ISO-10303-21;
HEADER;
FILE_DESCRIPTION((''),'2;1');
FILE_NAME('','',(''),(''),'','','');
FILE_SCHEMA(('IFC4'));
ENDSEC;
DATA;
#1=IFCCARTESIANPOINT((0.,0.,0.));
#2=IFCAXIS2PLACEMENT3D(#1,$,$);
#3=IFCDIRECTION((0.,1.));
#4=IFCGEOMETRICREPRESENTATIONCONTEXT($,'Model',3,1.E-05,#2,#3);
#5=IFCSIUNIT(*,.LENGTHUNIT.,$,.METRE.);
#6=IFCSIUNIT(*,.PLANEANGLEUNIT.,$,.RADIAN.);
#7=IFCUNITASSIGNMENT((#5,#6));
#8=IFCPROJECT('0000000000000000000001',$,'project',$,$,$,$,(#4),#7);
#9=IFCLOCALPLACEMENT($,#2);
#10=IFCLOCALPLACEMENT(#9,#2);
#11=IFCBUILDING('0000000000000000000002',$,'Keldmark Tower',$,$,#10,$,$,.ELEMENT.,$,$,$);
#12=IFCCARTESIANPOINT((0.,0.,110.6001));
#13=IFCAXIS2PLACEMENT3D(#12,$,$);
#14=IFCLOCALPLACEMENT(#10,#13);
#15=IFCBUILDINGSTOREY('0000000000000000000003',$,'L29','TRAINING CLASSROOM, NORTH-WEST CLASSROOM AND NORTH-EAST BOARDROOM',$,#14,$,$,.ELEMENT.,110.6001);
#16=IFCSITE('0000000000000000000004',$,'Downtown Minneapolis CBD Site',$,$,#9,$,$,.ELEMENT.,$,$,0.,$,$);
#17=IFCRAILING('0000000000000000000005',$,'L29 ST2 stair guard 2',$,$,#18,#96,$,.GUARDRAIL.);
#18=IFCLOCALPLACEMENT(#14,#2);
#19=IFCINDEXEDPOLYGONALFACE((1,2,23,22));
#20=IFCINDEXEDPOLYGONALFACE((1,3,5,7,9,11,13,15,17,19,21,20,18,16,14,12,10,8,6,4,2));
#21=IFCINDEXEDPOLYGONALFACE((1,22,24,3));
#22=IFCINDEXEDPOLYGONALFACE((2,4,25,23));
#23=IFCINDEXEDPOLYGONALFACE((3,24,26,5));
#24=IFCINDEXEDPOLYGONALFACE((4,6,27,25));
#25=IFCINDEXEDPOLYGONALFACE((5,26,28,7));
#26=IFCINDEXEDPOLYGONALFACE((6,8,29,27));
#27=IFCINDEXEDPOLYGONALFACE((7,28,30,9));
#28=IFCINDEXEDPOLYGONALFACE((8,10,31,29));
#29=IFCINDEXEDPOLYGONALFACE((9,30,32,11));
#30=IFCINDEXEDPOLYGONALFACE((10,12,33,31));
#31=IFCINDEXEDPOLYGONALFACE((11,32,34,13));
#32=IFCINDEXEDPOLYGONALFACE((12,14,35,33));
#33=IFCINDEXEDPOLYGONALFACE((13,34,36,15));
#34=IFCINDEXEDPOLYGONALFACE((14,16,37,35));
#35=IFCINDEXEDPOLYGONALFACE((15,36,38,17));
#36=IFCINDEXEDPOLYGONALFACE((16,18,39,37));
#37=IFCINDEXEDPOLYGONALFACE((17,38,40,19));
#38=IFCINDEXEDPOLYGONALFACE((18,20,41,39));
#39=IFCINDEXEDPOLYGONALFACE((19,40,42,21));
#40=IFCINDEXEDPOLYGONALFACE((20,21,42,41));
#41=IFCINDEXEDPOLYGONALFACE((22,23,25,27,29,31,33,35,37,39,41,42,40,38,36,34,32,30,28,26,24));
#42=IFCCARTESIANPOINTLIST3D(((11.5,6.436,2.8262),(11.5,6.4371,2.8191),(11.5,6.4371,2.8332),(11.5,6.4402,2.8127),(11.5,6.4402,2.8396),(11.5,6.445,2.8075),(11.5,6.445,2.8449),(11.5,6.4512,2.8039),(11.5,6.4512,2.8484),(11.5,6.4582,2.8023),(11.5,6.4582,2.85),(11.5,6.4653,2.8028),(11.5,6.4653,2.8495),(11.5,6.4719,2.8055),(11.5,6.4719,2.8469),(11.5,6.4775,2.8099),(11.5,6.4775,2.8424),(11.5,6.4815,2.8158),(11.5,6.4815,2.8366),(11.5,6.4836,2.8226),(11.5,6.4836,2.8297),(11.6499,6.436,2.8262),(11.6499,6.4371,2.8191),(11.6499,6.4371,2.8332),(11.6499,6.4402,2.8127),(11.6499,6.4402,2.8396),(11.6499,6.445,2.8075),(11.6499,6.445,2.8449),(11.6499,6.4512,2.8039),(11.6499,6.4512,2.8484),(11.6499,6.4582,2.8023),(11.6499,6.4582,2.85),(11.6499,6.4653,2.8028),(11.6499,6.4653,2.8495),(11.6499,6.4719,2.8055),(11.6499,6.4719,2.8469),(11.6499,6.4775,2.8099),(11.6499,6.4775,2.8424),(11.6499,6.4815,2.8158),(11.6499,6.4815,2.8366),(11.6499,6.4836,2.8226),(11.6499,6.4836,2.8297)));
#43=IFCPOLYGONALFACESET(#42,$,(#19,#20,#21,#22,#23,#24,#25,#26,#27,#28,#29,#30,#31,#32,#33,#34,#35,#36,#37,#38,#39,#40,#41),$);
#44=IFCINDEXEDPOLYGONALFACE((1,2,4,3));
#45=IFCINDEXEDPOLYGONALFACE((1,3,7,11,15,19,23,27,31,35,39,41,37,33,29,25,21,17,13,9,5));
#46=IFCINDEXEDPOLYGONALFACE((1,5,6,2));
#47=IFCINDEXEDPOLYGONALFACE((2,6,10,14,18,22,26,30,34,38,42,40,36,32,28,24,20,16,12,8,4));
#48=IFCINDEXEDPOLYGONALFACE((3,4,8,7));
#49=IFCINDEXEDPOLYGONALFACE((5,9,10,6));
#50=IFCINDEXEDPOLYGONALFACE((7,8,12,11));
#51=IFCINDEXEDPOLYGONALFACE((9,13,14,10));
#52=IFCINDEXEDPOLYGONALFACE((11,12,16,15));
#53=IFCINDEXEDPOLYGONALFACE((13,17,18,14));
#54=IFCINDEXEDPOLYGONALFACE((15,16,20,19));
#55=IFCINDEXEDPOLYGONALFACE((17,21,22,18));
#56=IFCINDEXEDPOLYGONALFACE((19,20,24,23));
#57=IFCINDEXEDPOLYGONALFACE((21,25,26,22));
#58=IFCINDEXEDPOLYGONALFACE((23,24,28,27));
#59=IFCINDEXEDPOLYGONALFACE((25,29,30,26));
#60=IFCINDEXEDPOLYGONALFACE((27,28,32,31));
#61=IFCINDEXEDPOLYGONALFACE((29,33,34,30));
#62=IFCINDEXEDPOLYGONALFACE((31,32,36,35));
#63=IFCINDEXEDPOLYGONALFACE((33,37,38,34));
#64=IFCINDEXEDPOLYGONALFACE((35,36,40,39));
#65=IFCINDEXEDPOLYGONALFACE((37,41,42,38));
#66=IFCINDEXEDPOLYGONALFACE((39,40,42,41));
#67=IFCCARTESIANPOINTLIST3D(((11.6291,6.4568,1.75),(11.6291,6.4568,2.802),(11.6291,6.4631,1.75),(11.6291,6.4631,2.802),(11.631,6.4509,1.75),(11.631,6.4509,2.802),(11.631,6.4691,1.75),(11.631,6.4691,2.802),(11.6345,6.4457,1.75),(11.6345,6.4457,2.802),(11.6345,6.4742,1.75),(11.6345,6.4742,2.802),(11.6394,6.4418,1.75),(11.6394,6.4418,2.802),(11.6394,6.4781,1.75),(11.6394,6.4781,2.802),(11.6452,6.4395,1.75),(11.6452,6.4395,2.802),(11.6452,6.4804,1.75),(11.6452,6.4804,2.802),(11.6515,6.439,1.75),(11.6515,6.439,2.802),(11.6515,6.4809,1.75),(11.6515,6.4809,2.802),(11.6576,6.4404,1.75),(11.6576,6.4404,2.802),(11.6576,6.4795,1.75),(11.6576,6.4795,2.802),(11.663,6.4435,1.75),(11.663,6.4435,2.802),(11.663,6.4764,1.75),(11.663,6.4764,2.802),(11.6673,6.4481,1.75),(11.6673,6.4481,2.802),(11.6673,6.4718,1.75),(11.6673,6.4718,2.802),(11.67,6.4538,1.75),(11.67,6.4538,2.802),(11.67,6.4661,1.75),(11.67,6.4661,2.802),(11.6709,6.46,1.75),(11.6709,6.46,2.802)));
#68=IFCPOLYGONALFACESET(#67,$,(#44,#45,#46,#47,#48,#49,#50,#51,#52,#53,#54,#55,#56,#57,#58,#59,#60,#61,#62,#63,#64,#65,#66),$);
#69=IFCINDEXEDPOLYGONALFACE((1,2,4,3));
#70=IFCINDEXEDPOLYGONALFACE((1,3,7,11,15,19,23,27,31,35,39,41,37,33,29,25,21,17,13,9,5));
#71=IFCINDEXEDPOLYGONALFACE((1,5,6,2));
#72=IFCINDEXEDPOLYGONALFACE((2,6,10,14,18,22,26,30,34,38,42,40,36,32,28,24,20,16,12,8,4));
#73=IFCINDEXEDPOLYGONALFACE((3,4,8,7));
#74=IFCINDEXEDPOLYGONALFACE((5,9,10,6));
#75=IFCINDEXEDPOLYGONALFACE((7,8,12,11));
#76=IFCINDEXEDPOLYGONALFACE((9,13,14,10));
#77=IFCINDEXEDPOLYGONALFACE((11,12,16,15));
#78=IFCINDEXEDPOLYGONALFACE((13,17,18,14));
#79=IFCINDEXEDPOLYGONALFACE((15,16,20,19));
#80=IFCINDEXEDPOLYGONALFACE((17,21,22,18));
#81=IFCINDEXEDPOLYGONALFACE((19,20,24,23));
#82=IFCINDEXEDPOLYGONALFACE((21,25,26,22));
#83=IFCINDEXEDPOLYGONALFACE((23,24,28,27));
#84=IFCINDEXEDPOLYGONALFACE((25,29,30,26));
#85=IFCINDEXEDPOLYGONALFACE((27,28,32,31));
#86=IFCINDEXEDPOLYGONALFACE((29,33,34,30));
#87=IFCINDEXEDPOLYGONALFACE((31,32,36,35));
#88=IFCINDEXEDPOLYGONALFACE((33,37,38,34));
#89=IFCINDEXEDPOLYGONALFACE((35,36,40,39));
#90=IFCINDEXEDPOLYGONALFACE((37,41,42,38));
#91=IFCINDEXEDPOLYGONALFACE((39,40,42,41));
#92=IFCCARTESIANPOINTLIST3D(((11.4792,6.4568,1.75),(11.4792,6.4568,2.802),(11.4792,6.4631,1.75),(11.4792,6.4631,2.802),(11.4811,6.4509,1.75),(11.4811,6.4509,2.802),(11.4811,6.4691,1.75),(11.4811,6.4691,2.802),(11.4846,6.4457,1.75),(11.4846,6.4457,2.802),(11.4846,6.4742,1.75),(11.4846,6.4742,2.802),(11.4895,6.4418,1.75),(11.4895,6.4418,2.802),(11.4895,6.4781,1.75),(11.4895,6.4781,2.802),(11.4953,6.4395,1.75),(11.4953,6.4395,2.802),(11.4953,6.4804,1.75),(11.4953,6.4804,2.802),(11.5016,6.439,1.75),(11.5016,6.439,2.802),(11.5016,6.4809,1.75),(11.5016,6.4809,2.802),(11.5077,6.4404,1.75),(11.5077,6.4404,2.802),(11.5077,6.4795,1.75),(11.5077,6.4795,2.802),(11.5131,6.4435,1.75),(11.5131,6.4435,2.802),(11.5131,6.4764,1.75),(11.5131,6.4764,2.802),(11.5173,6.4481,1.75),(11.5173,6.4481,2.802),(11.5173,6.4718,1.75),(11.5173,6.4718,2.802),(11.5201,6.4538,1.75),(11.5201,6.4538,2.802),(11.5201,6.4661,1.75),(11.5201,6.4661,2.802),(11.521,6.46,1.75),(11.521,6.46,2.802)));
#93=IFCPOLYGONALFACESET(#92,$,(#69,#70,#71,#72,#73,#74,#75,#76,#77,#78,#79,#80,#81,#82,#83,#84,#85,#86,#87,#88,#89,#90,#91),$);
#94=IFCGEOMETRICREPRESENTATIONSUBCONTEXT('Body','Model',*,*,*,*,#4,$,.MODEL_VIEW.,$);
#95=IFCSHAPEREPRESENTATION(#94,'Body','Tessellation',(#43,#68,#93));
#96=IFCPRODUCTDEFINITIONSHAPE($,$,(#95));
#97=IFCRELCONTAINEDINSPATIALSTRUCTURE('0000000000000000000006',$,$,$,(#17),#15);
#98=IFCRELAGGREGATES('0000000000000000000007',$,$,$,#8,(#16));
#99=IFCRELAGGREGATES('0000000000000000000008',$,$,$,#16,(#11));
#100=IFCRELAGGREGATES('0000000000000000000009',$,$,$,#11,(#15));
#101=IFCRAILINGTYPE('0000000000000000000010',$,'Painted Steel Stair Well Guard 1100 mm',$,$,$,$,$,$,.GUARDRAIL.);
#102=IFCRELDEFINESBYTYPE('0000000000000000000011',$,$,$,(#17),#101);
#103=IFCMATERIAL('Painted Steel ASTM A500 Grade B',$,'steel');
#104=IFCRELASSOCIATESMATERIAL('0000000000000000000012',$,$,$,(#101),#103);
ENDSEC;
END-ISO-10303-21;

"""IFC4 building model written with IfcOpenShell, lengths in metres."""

from ifc_helpers import new_model, si_unit, direction, frame, origin, origin_2d, place, context, subcontext, project, spatial, circle, extrude, material, type_object, element, save


model = new_model("IFC4")

# Units and contexts
model_context = context("Model", 3, precision=1e-05, world=origin(), true_north=direction((0.0, 1.0)))
body_context = subcontext(model_context, "Body", "Model", "MODEL_VIEW")
ifc_project = project(units=[si_unit("LENGTHUNIT", "METRE"), si_unit("PLANEANGLEUNIT", "RADIAN")], contexts=[model_context])

# Site, building, storey
site_placement = place(None, origin())
site = spatial("IfcSite", under=ifc_project, at=site_placement, Name="Downtown Minneapolis CBD Site", CompositionType="ELEMENT", RefElevation=0.0)
building_placement = place(site_placement, origin())
building = spatial("IfcBuilding", under=site, at=building_placement, Name="Keldmark Tower", CompositionType="ELEMENT")
storey_placement = place(building_placement, frame((0.0, 0.0, 110.6001)))
storey = spatial("IfcBuildingStorey", under=building, at=storey_placement, Name="L29", Description="TRAINING CLASSROOM, NORTH-WEST CLASSROOM AND NORTH-EAST BOARDROOM", CompositionType="ELEMENT", Elevation=110.6001)

# Railing
ifc_material_1 = material(Name="Painted Steel ASTM A500 Grade B", Category="steel")
railing_type_1 = type_object("IfcRailingType", Name="Painted Steel Stair Well Guard 1100 mm", PredefinedType="GUARDRAIL", material=ifc_material_1)
railing_1_placement = place(storey_placement, frame((11.6499, 6.46, 1.75)))
element("IfcRailing", 1, at=railing_1_placement, inside=storey, type_object=railing_type_1, Name="L29 ST2 stair guard 2", PredefinedType="GUARDRAIL", context=body_context, shape_type="SweptSolid", body=[
    extrude(circle(Radius=0.0239, at=origin_2d()), frame((0.0, 0.0, 1.0762), z_axis=(-1.0, 0.0, 0.0), x_axis=(0.0, -1.0, 0.0)), (0.0, 0.0, 1.0), 0.1499),
    extrude(circle(Radius=0.021, at=origin_2d()), origin(), (0.0, 0.0, 1.0), 1.052),
    extrude(circle(Radius=0.021, at=origin_2d()), frame((-0.1499, 0.0, 0.0)), (0.0, 0.0, 1.0), 1.052),
])

save(model, "model.ifc")
